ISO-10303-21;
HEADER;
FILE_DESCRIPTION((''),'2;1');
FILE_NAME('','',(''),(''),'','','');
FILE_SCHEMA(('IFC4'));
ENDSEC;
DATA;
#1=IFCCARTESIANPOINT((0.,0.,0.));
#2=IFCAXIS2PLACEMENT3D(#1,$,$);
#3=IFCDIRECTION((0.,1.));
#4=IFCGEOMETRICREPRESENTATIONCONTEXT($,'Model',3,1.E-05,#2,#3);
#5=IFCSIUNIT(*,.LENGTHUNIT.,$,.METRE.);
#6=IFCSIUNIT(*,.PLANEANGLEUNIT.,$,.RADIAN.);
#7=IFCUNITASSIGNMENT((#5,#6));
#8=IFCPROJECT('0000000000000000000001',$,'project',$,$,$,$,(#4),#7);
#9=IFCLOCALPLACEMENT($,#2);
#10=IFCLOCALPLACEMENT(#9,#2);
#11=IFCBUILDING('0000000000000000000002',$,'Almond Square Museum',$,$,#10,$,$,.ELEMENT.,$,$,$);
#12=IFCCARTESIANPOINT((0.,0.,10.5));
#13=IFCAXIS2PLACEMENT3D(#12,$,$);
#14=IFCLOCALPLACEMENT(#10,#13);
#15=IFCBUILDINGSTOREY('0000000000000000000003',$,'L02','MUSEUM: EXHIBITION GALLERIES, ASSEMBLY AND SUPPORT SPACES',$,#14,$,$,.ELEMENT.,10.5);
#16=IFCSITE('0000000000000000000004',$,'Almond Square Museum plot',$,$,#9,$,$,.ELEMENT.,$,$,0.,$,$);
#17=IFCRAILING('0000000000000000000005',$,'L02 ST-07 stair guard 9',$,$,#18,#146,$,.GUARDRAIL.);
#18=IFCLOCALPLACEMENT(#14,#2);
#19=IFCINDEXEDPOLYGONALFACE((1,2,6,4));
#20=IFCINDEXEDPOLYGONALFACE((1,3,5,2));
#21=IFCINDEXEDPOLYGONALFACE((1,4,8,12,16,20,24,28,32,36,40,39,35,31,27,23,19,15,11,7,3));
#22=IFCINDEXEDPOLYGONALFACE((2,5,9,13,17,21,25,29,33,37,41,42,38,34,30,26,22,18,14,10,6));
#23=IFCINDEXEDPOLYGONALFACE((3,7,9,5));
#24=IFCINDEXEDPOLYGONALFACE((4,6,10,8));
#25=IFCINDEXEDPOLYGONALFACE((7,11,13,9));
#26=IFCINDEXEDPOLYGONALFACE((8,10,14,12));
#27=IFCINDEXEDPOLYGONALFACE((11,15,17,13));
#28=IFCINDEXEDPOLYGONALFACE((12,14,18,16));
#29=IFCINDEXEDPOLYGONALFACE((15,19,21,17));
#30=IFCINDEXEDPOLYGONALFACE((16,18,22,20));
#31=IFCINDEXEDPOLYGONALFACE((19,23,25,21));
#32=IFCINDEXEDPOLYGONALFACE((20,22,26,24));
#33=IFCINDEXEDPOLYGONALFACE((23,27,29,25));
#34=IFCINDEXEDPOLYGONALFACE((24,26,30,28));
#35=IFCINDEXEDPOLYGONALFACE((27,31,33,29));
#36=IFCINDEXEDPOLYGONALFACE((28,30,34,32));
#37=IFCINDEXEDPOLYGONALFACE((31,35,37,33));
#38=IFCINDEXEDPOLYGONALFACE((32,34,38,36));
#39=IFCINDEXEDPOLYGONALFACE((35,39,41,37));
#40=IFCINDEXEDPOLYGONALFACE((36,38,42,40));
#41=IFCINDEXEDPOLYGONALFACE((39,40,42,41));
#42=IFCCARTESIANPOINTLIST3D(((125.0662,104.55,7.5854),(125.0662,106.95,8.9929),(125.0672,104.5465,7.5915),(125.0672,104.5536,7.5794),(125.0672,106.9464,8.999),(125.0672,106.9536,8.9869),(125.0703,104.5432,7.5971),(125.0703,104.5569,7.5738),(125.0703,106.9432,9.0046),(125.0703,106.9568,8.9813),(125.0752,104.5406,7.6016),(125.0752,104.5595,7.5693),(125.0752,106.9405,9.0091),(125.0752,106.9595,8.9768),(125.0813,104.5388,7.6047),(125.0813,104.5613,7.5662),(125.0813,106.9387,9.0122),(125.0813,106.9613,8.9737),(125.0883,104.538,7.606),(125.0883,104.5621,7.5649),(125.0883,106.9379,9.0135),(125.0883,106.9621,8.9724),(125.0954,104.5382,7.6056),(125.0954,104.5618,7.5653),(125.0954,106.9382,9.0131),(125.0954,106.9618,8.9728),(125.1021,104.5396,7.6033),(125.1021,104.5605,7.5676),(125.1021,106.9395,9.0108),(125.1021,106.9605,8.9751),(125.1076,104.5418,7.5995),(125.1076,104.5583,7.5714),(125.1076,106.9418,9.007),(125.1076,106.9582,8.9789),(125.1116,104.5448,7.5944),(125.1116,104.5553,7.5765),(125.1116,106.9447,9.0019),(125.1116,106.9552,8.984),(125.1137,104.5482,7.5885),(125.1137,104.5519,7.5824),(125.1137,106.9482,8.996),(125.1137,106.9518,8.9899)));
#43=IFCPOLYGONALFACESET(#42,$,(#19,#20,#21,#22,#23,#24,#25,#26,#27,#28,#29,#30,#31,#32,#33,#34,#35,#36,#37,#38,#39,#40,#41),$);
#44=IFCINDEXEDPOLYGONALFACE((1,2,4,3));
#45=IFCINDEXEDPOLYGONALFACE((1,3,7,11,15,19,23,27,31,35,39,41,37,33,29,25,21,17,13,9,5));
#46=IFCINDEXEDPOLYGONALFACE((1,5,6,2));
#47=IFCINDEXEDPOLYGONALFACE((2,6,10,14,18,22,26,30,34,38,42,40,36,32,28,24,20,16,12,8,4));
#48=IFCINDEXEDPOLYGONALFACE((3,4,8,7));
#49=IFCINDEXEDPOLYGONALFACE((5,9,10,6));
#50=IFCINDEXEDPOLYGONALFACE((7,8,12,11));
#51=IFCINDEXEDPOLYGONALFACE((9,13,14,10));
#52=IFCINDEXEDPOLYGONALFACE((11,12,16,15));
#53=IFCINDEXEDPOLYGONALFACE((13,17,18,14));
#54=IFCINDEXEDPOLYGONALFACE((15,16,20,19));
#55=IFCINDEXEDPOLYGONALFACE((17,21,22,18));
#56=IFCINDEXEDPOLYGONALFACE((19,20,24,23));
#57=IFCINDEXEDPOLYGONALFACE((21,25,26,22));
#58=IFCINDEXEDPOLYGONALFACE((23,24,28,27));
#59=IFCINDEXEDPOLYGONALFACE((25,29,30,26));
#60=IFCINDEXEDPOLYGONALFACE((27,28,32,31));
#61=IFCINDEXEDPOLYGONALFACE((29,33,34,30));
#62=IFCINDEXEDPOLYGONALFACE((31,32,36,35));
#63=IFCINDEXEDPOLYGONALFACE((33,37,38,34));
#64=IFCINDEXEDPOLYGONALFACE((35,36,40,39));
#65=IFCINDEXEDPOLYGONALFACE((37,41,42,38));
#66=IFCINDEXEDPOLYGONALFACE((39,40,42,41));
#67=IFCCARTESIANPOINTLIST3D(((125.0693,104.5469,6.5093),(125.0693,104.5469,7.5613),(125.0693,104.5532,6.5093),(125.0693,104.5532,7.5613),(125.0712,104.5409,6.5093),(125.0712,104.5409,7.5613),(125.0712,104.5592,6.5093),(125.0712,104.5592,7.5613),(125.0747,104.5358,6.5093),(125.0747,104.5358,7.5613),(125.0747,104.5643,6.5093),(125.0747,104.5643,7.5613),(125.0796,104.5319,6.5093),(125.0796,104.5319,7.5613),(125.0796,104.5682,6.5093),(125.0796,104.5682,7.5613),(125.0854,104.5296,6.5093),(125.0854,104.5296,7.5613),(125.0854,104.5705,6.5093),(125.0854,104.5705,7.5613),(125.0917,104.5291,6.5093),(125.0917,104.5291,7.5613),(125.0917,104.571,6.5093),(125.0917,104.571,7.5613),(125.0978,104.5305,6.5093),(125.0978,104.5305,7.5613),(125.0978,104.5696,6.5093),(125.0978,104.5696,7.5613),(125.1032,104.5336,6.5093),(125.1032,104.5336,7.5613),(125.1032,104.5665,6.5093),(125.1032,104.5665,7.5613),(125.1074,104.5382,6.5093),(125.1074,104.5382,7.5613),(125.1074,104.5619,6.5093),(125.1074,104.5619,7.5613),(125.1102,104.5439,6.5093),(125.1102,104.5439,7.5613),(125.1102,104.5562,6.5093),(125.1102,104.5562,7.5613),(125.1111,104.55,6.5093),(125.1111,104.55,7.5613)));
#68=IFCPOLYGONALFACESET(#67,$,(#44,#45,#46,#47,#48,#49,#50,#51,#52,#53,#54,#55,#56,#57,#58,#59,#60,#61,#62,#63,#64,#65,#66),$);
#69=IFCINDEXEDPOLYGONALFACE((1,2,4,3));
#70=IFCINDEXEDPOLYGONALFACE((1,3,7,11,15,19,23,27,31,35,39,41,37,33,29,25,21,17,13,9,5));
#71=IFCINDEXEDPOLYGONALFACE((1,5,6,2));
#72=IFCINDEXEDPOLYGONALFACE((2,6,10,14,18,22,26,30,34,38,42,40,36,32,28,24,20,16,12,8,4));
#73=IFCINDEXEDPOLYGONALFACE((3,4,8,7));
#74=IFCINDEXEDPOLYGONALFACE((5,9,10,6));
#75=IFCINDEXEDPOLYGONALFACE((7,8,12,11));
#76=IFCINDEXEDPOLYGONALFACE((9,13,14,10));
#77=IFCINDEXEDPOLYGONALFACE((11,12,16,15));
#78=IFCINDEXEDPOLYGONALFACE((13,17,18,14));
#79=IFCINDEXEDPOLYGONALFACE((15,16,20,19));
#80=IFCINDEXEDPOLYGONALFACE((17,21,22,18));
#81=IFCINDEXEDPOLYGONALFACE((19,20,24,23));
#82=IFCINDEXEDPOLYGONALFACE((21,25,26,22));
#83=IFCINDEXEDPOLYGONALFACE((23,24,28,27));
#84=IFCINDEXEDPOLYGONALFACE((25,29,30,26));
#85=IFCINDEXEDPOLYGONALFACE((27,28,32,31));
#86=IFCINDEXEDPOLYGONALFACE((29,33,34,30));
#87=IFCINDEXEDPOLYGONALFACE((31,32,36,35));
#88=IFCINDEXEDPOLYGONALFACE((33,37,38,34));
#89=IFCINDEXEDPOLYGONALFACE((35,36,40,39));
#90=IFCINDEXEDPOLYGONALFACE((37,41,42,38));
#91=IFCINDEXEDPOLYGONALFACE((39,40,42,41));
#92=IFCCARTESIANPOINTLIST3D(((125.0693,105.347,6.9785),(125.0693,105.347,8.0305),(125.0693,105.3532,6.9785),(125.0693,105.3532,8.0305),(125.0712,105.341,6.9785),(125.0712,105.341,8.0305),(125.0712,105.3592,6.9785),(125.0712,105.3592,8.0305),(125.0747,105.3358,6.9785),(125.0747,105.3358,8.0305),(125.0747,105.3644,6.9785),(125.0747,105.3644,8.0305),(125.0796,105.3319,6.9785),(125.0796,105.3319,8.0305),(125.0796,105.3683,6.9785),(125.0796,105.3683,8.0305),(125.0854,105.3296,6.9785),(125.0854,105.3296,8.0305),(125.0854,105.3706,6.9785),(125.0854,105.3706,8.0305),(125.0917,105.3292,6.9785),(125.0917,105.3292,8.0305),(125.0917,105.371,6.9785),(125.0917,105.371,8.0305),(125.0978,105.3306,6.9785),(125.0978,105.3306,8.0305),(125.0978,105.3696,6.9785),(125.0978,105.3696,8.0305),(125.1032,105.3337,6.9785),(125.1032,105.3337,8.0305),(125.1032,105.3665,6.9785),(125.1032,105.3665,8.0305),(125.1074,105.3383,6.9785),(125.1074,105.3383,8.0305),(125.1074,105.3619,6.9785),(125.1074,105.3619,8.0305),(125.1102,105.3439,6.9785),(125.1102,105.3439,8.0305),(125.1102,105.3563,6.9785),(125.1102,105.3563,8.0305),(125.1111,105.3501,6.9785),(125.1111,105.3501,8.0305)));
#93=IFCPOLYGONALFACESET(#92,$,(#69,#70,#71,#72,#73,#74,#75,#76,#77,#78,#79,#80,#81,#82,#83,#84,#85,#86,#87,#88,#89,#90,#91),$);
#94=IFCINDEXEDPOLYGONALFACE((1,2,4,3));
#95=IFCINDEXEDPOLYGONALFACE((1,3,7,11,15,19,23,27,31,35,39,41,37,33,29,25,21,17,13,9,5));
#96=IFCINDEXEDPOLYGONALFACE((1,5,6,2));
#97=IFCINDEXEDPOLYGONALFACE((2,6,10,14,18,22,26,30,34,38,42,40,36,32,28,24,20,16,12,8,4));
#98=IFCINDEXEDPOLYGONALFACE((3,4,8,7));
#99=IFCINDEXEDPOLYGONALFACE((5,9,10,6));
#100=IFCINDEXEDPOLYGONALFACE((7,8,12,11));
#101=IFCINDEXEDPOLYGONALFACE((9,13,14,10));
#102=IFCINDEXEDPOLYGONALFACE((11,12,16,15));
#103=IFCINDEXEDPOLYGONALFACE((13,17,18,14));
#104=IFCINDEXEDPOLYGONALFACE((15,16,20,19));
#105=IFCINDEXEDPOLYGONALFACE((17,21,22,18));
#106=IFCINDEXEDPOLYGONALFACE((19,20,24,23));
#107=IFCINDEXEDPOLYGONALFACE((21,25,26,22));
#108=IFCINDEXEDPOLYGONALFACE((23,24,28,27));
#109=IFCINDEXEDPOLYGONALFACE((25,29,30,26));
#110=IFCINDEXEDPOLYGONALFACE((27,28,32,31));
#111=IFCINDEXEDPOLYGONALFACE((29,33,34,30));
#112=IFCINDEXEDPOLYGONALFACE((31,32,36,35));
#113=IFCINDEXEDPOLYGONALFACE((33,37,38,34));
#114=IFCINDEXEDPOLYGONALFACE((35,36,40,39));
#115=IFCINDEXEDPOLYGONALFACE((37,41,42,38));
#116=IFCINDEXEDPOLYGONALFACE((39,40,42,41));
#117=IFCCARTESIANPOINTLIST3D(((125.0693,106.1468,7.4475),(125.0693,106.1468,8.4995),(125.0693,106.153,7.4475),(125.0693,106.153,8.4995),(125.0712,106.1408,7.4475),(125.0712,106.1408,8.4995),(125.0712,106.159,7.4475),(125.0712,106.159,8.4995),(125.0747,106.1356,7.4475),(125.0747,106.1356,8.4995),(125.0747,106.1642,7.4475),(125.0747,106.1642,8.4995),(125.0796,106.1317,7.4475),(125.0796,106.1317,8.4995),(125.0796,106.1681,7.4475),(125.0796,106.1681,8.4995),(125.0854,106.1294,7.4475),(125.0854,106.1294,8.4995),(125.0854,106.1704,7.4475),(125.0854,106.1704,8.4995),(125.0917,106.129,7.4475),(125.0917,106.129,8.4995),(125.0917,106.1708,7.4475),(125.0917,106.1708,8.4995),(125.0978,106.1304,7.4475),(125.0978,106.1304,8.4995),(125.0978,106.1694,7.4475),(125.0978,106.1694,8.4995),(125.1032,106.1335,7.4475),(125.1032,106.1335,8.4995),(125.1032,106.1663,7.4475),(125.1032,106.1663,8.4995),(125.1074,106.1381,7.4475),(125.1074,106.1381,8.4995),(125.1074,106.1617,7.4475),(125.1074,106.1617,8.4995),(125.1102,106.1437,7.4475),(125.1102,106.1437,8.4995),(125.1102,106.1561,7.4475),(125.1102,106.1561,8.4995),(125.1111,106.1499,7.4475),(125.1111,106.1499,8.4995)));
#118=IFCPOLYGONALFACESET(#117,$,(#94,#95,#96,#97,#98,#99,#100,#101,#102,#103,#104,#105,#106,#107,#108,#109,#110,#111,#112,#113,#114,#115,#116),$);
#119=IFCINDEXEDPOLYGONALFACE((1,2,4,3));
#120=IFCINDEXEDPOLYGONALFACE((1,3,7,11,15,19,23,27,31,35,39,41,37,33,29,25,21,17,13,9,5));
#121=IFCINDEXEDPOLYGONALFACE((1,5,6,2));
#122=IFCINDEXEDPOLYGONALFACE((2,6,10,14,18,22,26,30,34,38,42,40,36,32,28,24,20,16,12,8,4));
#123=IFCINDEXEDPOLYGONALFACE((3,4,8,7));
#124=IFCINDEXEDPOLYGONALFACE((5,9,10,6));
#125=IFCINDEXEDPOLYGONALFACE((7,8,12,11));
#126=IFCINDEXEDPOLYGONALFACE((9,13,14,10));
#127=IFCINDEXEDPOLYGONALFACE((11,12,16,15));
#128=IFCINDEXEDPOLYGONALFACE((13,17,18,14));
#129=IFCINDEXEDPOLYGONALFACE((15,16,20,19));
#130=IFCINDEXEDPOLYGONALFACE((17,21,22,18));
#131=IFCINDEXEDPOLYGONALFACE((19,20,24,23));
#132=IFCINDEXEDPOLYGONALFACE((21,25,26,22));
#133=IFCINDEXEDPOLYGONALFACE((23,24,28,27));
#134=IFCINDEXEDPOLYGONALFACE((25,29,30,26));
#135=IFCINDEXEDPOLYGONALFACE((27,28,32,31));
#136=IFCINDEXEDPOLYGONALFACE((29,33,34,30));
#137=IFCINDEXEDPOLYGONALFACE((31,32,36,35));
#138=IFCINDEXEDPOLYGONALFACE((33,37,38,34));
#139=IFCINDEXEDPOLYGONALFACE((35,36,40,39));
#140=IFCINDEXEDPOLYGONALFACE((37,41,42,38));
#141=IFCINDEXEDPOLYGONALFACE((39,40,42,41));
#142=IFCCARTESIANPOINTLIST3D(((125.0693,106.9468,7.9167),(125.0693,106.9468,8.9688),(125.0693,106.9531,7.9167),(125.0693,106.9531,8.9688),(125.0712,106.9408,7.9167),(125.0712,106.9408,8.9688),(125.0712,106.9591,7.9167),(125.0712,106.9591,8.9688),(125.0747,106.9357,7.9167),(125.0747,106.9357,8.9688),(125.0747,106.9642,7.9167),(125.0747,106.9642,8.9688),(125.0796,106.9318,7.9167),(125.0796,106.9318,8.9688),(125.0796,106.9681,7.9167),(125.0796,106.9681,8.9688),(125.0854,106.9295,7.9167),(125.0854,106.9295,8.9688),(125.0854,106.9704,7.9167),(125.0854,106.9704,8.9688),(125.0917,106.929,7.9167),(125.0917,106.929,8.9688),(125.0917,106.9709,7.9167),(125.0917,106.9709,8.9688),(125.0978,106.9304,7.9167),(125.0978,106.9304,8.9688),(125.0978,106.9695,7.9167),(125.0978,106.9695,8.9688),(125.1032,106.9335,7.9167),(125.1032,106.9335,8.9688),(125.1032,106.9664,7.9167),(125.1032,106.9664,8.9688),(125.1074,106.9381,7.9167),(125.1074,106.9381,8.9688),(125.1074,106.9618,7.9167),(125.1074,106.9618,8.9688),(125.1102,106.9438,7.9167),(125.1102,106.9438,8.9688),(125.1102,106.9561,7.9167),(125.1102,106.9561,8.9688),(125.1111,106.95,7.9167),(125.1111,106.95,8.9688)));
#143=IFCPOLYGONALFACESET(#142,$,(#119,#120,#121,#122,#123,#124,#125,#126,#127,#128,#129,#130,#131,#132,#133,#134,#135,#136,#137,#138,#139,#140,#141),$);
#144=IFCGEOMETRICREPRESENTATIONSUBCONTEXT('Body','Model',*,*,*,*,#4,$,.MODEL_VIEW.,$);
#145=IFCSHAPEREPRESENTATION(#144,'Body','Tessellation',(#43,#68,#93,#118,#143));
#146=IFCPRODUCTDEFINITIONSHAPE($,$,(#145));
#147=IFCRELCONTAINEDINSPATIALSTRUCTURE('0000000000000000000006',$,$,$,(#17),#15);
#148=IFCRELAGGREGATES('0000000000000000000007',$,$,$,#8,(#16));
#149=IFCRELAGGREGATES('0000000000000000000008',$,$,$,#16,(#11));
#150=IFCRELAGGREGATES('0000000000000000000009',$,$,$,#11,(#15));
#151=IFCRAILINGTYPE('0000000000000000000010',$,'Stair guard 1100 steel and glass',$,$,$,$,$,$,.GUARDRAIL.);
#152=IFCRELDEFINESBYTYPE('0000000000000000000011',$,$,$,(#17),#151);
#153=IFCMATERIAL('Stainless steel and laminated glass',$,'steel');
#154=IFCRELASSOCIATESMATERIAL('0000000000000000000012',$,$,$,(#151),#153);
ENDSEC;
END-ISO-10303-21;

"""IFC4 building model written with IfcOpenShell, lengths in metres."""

from ifc_helpers import new_model, si_unit, direction, frame, origin, origin_2d, place, context, subcontext, project, spatial, circle, extrude, material, type_object, element, save


model = new_model("IFC4")

# Units and contexts
model_context = context("Model", 3, precision=1e-05, world=origin(), true_north=direction((0.0, 1.0)))
body_context = subcontext(model_context, "Body", "Model", "MODEL_VIEW")
ifc_project = project(units=[si_unit("LENGTHUNIT", "METRE"), si_unit("PLANEANGLEUNIT", "RADIAN")], contexts=[model_context])

# Site, building, storey
site_placement = place(None, origin())
site = spatial("IfcSite", under=ifc_project, at=site_placement, Name="Almond Square Museum plot", CompositionType="ELEMENT", RefElevation=0.0)
building_placement = place(site_placement, origin())
building = spatial("IfcBuilding", under=site, at=building_placement, Name="Almond Square Museum", CompositionType="ELEMENT")
storey_placement = place(building_placement, frame((0.0, 0.0, 10.5)))
storey = spatial("IfcBuildingStorey", under=building, at=storey_placement, Name="L02", Description="MUSEUM: EXHIBITION GALLERIES, ASSEMBLY AND SUPPORT SPACES", CompositionType="ELEMENT", Elevation=10.5)

# Railing
ifc_material_1 = material(Name="Stainless steel and laminated glass", Category="steel")
railing_type_1 = type_object("IfcRailingType", Name="Stair guard 1100 steel and glass", PredefinedType="GUARDRAIL", material=ifc_material_1)
railing_1_placement = place(storey_placement, frame((125.0901, 104.55, 6.5093)))
element("IfcRailing", 1, at=railing_1_placement, inside=storey, type_object=railing_type_1, Name="L02 ST-07 stair guard 9", PredefinedType="GUARDRAIL", context=body_context, shape_type="SweptSolid", body=[
    extrude(circle(Radius=0.0239, at=origin_2d()), frame((0.0, 0.0, 1.0762), z_axis=(0.0, 0.862599, 0.505888), x_axis=(-1.0, 0.0, 0.0)), (0.0, 0.0, 1.0), 2.7822),
    extrude(circle(Radius=0.021, at=origin_2d()), origin(), (0.0, 0.0, 1.0), 1.052),
    extrude(circle(Radius=0.021, at=origin_2d()), frame((0.0, 0.8, 0.4692)), (0.0, 0.0, 1.0), 1.052),
    extrude(circle(Radius=0.021, at=origin_2d()), frame((0.0, 1.5999, 0.9382)), (0.0, 0.0, 1.0), 1.052),
    extrude(circle(Radius=0.021, at=origin_2d()), frame((0.0, 2.3999, 1.4075)), (0.0, 0.0, 1.0), 1.052),
])

save(model, "model.ifc")
